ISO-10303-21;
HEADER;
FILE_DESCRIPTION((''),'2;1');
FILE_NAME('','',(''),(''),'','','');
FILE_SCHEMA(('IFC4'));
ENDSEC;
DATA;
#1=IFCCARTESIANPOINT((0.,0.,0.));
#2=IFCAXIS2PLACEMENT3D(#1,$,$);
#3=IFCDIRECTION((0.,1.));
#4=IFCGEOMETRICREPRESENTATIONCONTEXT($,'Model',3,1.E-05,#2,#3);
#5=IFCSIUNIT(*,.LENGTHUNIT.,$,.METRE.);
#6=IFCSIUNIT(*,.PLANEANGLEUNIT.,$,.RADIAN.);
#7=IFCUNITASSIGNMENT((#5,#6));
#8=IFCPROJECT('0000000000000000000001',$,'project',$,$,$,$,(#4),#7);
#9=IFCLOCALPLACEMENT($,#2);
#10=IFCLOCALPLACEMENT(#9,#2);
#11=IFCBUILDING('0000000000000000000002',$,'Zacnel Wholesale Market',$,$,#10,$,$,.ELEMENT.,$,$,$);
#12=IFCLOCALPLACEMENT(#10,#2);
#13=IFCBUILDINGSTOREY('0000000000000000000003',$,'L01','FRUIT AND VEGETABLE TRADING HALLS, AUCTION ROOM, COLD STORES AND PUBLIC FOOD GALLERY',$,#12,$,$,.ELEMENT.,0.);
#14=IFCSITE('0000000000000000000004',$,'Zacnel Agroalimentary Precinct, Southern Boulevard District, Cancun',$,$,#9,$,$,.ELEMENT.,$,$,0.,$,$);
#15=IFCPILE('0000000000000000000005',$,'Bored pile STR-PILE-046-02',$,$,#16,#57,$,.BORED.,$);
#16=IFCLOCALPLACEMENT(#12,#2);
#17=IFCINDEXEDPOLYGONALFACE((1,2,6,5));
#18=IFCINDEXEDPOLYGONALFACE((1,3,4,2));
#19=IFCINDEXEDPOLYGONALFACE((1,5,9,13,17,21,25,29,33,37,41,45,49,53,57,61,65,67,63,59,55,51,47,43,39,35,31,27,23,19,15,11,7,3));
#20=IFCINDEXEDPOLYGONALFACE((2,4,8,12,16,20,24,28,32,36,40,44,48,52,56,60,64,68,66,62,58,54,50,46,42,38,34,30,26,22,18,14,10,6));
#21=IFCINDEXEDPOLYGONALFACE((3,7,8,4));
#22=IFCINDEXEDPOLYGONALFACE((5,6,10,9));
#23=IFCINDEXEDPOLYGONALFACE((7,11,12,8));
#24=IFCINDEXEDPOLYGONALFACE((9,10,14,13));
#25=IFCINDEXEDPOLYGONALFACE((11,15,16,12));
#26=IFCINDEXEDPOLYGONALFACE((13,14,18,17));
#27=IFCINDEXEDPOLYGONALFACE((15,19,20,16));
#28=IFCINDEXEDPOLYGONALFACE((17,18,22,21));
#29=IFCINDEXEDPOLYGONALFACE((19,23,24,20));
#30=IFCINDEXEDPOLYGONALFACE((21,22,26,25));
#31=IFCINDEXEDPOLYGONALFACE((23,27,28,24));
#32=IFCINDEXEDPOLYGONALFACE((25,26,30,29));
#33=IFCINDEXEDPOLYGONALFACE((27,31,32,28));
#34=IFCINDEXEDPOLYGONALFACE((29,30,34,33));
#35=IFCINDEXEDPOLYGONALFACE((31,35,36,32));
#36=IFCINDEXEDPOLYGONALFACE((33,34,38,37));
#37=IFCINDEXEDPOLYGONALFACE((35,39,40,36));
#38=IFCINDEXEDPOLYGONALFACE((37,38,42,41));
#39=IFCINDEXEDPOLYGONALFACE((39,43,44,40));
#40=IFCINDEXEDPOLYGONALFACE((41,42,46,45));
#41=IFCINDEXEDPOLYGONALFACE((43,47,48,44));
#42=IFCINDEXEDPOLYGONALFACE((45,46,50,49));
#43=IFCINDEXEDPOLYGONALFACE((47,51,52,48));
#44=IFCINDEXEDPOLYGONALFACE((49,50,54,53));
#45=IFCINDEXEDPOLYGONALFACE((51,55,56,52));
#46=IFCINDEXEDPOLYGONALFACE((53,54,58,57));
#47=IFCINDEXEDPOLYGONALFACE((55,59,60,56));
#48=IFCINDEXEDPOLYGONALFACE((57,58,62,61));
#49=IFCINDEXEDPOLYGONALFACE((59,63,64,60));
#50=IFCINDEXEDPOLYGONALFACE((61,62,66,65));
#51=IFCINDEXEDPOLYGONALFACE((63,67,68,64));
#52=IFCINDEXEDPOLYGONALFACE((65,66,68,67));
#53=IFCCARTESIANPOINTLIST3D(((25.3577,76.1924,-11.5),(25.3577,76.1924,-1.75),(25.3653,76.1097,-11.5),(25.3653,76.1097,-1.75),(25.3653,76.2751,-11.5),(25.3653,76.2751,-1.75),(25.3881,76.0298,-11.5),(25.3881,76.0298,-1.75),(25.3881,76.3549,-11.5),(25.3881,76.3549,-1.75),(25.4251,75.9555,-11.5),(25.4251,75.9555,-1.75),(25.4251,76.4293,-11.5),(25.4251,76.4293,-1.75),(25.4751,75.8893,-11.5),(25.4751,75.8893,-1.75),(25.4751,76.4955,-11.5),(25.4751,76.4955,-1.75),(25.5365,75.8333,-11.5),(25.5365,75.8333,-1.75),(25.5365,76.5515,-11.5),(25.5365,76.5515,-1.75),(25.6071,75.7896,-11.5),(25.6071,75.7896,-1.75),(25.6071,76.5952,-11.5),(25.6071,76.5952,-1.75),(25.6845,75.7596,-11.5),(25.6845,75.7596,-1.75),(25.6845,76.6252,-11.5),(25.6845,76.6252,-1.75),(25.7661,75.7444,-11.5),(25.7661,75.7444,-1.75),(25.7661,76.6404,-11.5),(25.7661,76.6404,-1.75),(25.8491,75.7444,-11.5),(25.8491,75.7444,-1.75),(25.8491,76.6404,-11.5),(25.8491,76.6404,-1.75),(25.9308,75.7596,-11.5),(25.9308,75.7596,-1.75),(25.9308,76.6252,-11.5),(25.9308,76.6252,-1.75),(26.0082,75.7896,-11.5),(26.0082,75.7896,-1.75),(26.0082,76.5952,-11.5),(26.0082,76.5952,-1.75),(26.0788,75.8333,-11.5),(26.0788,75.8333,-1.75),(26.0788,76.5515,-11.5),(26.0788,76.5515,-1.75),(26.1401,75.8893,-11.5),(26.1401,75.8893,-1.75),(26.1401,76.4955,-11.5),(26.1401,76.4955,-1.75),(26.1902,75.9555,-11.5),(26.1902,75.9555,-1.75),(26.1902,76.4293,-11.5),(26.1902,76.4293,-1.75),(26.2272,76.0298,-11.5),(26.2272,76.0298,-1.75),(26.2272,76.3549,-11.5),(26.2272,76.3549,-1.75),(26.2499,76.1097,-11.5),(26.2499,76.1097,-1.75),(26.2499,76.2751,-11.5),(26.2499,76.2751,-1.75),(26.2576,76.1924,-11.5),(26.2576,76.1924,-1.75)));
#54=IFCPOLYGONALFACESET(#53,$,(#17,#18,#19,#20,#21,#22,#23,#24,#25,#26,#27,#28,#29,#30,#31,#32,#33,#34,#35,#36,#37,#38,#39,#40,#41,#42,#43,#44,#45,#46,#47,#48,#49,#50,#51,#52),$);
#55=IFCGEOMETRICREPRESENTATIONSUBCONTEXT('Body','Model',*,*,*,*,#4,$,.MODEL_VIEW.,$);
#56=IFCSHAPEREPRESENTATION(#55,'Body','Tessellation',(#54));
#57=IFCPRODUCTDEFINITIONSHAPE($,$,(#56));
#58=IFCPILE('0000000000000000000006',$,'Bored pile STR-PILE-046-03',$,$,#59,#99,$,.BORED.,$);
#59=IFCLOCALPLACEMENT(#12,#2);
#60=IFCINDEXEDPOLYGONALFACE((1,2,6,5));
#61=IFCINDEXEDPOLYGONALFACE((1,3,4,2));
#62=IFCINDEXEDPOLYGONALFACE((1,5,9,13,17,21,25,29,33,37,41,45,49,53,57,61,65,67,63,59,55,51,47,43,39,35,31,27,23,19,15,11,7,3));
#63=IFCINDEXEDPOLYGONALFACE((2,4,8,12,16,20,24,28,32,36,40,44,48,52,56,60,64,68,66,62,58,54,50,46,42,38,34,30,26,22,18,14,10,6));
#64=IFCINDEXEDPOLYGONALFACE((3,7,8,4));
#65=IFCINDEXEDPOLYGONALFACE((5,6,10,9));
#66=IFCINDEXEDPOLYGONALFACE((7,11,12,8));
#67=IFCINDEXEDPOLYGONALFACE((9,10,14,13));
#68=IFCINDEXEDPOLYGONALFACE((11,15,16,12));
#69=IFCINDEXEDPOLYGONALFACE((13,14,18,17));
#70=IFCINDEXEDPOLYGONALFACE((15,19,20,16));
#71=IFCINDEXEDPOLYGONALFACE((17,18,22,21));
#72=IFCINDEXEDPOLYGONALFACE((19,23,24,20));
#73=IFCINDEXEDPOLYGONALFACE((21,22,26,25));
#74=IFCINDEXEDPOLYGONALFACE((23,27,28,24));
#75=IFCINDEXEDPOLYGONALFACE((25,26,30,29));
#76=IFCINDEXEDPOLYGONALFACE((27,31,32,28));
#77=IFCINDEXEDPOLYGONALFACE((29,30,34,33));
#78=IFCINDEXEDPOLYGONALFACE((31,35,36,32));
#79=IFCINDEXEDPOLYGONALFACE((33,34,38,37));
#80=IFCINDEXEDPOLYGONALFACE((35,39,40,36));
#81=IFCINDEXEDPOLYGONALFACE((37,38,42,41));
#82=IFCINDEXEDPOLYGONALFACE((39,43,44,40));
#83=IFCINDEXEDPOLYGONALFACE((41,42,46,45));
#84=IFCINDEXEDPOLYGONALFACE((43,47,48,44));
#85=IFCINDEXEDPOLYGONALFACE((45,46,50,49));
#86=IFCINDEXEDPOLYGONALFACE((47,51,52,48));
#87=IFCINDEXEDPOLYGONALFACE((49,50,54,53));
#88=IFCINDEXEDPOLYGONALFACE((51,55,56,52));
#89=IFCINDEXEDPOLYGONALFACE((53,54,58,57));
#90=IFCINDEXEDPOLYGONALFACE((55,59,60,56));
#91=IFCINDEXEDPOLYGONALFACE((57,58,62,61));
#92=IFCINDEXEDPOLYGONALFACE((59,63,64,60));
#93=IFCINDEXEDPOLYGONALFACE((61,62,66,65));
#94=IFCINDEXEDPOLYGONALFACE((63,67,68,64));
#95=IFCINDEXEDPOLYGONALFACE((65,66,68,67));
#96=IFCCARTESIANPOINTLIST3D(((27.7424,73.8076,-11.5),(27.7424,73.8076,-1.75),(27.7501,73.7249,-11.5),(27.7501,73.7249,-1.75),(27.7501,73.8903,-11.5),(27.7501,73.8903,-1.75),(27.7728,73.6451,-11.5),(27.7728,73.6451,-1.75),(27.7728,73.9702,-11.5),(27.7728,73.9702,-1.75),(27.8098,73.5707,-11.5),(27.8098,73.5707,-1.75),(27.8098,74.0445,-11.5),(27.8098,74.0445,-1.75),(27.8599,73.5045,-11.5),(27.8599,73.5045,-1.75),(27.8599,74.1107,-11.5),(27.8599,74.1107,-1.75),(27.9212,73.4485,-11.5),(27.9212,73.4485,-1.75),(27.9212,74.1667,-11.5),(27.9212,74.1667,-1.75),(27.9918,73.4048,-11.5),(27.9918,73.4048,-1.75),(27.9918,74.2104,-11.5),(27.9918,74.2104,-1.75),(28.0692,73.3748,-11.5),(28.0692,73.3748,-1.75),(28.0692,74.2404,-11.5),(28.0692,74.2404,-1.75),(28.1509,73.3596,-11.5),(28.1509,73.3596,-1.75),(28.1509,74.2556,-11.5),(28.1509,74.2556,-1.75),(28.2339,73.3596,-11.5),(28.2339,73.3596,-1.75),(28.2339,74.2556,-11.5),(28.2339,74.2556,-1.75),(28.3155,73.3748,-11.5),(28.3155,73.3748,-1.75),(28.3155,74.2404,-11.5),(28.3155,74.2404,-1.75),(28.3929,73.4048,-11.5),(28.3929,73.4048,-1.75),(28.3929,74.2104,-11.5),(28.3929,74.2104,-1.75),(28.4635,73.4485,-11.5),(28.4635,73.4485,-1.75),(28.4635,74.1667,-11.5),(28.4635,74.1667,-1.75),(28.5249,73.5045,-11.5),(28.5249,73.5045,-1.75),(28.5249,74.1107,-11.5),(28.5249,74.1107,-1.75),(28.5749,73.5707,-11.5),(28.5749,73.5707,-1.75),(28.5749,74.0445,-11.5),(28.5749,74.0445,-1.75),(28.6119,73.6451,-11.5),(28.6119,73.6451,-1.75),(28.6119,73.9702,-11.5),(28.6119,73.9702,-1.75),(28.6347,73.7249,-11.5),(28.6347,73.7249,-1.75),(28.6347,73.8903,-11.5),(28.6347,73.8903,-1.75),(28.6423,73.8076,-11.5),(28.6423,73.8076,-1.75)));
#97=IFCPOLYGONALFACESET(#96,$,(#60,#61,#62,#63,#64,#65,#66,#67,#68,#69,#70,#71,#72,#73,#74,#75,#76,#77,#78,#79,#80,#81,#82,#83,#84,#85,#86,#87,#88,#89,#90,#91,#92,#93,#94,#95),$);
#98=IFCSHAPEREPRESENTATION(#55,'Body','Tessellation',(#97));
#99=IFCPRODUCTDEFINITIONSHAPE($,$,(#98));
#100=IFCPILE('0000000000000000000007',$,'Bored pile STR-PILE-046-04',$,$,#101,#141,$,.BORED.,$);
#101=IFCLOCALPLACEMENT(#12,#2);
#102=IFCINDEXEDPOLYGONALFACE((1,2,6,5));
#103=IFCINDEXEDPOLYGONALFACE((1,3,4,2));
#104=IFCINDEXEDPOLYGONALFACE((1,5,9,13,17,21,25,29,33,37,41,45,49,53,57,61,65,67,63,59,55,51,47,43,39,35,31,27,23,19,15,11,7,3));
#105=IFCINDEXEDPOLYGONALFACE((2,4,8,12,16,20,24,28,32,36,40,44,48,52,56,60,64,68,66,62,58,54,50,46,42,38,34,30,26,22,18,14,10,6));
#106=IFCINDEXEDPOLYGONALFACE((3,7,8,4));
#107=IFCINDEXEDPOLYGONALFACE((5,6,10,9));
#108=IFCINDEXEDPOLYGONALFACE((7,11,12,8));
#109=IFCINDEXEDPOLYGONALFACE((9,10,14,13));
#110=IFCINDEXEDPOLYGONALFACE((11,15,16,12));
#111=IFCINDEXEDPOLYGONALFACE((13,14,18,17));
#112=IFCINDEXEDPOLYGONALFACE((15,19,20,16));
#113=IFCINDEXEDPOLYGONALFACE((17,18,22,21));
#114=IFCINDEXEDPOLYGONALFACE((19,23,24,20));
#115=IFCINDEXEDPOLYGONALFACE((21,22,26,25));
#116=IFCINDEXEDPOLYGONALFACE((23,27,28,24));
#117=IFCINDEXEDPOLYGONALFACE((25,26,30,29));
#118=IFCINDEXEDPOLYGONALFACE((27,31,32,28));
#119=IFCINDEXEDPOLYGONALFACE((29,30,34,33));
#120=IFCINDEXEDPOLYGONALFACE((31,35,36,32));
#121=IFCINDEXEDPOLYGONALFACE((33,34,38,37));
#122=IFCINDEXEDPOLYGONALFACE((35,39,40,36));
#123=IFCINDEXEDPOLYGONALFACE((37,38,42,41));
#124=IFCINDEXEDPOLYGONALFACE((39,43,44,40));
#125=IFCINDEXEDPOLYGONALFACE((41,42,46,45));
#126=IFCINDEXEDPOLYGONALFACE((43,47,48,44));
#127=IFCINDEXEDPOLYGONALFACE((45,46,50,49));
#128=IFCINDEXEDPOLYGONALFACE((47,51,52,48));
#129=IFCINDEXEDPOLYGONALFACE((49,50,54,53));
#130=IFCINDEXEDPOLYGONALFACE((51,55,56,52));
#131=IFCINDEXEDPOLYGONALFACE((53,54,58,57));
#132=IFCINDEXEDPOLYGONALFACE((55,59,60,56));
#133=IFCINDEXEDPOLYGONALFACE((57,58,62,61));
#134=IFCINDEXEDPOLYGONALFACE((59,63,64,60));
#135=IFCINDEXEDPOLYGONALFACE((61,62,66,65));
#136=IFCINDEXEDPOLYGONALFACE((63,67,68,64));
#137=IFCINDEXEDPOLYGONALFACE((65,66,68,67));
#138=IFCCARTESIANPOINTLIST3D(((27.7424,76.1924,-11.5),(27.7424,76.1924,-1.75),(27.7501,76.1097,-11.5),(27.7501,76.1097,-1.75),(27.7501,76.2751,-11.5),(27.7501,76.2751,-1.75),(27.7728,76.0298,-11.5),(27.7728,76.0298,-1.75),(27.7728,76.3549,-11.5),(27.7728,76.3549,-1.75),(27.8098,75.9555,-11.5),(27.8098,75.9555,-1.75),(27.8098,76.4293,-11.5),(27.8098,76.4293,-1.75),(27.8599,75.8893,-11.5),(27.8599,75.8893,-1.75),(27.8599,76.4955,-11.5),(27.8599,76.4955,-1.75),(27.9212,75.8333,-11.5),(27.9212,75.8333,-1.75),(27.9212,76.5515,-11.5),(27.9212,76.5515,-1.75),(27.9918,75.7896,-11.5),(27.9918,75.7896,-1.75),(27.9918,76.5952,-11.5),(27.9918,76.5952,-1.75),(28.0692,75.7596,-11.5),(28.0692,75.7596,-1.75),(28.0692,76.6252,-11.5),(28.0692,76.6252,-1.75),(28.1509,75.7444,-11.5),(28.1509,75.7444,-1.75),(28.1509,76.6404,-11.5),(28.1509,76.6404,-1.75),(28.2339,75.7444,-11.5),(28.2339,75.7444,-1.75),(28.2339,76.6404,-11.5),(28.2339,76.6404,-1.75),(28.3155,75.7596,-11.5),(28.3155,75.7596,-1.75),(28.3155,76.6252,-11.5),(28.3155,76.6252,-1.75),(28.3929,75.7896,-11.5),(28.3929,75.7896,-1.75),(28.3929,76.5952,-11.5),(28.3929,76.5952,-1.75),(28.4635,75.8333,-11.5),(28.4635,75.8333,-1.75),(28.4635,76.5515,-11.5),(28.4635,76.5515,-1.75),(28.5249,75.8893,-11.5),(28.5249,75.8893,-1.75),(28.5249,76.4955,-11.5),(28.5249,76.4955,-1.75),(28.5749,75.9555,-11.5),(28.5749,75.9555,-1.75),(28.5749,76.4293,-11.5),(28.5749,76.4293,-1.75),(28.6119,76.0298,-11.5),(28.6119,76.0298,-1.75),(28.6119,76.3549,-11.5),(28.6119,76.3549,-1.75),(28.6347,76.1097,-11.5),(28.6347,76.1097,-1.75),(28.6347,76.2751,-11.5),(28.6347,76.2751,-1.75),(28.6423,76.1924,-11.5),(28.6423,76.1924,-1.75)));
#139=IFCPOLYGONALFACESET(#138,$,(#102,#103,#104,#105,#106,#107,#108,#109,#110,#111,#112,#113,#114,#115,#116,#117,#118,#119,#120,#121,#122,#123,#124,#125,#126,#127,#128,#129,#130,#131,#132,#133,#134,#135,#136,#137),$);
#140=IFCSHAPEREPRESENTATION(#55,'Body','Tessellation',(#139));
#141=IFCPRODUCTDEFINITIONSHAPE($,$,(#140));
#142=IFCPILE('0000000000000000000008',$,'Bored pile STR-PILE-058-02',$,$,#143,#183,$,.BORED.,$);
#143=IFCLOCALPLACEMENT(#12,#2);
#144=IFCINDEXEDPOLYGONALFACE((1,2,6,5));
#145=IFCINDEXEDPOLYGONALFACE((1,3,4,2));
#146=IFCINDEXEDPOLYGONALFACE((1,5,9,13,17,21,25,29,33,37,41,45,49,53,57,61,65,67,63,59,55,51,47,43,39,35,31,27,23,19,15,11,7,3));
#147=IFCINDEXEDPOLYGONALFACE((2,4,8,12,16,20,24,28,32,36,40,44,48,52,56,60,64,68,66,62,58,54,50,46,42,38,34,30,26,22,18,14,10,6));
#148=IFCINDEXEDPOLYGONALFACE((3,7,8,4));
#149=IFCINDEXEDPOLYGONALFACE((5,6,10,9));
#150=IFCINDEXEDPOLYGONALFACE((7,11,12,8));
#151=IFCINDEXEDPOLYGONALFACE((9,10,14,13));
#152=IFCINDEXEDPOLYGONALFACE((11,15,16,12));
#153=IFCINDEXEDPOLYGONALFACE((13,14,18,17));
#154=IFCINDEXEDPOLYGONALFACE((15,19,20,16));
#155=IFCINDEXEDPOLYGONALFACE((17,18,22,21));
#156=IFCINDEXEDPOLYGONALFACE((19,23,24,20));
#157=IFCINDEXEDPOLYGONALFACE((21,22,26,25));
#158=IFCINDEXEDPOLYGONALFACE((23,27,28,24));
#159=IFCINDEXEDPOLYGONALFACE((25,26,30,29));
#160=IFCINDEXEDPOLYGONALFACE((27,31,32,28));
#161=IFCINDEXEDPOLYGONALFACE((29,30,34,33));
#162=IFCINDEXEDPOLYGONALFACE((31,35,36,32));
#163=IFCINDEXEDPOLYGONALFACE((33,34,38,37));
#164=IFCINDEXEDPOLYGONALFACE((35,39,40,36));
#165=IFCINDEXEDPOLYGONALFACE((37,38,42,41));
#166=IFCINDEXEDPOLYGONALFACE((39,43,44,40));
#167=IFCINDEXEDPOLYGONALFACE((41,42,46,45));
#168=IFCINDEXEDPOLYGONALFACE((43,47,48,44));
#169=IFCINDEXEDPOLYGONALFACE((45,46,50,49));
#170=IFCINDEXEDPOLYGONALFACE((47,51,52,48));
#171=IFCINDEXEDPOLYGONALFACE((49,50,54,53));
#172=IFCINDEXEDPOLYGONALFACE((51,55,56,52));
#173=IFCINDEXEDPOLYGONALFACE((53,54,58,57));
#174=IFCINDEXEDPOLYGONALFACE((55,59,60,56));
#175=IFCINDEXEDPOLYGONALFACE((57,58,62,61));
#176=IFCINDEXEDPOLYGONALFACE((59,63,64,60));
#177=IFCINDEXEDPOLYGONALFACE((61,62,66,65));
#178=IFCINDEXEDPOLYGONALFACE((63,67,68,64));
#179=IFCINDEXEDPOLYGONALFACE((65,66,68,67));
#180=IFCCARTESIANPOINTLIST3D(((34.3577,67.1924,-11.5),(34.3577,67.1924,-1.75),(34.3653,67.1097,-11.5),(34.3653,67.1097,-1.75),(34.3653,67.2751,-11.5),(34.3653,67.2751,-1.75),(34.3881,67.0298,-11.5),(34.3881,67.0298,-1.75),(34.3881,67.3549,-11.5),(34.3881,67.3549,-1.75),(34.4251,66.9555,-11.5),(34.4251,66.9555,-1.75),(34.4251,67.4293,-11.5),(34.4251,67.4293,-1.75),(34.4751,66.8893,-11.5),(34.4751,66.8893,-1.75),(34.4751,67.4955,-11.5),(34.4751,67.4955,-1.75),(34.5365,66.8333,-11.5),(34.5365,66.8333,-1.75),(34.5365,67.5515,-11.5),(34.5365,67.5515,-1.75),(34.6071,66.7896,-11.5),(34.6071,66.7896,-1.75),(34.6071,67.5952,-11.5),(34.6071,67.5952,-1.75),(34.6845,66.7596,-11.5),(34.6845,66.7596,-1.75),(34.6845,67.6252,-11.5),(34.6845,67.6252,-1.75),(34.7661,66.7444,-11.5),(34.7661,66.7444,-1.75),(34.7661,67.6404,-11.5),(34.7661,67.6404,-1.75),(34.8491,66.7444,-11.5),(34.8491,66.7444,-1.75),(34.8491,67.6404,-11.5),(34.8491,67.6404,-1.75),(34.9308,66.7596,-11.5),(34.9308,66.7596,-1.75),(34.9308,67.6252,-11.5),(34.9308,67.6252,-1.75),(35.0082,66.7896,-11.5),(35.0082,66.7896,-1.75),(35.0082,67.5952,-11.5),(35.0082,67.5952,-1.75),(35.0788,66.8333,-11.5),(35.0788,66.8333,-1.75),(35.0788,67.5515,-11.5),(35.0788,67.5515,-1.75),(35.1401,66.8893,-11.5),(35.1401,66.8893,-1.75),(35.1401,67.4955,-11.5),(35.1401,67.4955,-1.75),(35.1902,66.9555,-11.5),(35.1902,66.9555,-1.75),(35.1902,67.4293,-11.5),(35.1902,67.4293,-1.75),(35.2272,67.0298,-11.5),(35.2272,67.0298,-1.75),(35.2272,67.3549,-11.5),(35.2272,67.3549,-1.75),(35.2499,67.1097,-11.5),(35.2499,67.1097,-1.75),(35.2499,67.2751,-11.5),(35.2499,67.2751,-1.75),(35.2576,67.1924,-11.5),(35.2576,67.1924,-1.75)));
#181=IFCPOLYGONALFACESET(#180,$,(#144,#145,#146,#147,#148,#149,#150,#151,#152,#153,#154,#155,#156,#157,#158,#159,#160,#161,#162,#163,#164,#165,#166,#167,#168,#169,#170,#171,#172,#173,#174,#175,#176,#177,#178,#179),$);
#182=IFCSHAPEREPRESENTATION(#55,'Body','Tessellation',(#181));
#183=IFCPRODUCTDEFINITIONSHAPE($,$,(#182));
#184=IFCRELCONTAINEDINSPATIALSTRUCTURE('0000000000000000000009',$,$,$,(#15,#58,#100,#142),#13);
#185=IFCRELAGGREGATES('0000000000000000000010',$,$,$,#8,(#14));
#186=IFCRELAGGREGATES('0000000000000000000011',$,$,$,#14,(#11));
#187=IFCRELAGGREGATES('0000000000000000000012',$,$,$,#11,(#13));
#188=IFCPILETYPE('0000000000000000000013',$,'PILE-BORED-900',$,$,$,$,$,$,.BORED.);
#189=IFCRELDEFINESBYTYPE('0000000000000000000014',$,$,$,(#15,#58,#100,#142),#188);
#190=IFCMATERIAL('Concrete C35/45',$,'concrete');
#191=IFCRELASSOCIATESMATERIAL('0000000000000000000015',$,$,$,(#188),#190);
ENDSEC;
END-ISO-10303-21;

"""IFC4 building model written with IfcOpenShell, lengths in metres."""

from ifc_helpers import new_model, si_unit, direction, frame, origin, origin_2d, place, context, subcontext, project, spatial, circle, extrude, material, material_profile, profile_set, type_object, element, save


model = new_model("IFC4")

# Units and contexts
model_context = context("Model", 3, precision=1e-05, world=origin(), true_north=direction((0.0, 1.0)))
body_context = subcontext(model_context, "Body", "Model", "MODEL_VIEW")
ifc_project = project(units=[si_unit("LENGTHUNIT", "METRE"), si_unit("PLANEANGLEUNIT", "RADIAN")], contexts=[model_context])

# Site, building, storey
site_placement = place(None, origin())
site = spatial("IfcSite", under=ifc_project, at=site_placement, Name="Zacnel Agroalimentary Precinct, Southern Boulevard District, Cancun", CompositionType="ELEMENT", RefElevation=0.0)
building_placement = place(site_placement, origin())
building = spatial("IfcBuilding", under=site, at=building_placement, Name="Zacnel Wholesale Market", CompositionType="ELEMENT")
storey_placement = place(building_placement, origin())
storey = spatial("IfcBuildingStorey", under=building, at=storey_placement, Name="L01", Description="FRUIT AND VEGETABLE TRADING HALLS, AUCTION ROOM, COLD STORES AND PUBLIC FOOD GALLERY", CompositionType="ELEMENT", Elevation=0.0)

# Piles
ifc_material_1 = material(Name="Concrete C35/45", Category="concrete")
ifc_material_profile_1 = material_profile(ifc_material_1, circle(Radius=0.45, at=origin_2d()), Name="BORED PILE D900")
ifc_profile_set_1 = profile_set([ifc_material_profile_1], Name="Concrete C35/45")
pile_type = type_object("IfcPileType", Name="PILE-BORED-900", PredefinedType="BORED", material=ifc_profile_set_1)
for number, where, z_axis, x_axis, name in (
    (1, (25.8076, 76.1924, -1.75), (0.0, 0.0, -1.0), (1.0, 0.0, 0.0), "Bored pile STR-PILE-046-02"),
    (2, (28.1924, 73.8076, -1.75), (0.0, 0.0, -1.0), (1.0, 0.0, 0.0), "Bored pile STR-PILE-046-03"),
    (3, (28.1924, 76.1924, -1.75), (0.0, 0.0, -1.0), (1.0, 0.0, 0.0), "Bored pile STR-PILE-046-04"),
    (4, (34.8076, 67.1924, -1.75), (0.0, 0.0, -1.0), (1.0, 0.0, 0.0), "Bored pile STR-PILE-058-02"),
):
    element("IfcPile", number, at=place(storey_placement, frame(where, z_axis=z_axis, x_axis=x_axis)), inside=storey, type_object=pile_type, Name=name, PredefinedType="BORED", context=body_context, shape_type="SweptSolid", body=[
        extrude(circle(Radius=0.45, at=origin_2d()), origin(), (0.0, 0.0, 1.0), 9.75),
    ])

save(model, "model.ifc")
